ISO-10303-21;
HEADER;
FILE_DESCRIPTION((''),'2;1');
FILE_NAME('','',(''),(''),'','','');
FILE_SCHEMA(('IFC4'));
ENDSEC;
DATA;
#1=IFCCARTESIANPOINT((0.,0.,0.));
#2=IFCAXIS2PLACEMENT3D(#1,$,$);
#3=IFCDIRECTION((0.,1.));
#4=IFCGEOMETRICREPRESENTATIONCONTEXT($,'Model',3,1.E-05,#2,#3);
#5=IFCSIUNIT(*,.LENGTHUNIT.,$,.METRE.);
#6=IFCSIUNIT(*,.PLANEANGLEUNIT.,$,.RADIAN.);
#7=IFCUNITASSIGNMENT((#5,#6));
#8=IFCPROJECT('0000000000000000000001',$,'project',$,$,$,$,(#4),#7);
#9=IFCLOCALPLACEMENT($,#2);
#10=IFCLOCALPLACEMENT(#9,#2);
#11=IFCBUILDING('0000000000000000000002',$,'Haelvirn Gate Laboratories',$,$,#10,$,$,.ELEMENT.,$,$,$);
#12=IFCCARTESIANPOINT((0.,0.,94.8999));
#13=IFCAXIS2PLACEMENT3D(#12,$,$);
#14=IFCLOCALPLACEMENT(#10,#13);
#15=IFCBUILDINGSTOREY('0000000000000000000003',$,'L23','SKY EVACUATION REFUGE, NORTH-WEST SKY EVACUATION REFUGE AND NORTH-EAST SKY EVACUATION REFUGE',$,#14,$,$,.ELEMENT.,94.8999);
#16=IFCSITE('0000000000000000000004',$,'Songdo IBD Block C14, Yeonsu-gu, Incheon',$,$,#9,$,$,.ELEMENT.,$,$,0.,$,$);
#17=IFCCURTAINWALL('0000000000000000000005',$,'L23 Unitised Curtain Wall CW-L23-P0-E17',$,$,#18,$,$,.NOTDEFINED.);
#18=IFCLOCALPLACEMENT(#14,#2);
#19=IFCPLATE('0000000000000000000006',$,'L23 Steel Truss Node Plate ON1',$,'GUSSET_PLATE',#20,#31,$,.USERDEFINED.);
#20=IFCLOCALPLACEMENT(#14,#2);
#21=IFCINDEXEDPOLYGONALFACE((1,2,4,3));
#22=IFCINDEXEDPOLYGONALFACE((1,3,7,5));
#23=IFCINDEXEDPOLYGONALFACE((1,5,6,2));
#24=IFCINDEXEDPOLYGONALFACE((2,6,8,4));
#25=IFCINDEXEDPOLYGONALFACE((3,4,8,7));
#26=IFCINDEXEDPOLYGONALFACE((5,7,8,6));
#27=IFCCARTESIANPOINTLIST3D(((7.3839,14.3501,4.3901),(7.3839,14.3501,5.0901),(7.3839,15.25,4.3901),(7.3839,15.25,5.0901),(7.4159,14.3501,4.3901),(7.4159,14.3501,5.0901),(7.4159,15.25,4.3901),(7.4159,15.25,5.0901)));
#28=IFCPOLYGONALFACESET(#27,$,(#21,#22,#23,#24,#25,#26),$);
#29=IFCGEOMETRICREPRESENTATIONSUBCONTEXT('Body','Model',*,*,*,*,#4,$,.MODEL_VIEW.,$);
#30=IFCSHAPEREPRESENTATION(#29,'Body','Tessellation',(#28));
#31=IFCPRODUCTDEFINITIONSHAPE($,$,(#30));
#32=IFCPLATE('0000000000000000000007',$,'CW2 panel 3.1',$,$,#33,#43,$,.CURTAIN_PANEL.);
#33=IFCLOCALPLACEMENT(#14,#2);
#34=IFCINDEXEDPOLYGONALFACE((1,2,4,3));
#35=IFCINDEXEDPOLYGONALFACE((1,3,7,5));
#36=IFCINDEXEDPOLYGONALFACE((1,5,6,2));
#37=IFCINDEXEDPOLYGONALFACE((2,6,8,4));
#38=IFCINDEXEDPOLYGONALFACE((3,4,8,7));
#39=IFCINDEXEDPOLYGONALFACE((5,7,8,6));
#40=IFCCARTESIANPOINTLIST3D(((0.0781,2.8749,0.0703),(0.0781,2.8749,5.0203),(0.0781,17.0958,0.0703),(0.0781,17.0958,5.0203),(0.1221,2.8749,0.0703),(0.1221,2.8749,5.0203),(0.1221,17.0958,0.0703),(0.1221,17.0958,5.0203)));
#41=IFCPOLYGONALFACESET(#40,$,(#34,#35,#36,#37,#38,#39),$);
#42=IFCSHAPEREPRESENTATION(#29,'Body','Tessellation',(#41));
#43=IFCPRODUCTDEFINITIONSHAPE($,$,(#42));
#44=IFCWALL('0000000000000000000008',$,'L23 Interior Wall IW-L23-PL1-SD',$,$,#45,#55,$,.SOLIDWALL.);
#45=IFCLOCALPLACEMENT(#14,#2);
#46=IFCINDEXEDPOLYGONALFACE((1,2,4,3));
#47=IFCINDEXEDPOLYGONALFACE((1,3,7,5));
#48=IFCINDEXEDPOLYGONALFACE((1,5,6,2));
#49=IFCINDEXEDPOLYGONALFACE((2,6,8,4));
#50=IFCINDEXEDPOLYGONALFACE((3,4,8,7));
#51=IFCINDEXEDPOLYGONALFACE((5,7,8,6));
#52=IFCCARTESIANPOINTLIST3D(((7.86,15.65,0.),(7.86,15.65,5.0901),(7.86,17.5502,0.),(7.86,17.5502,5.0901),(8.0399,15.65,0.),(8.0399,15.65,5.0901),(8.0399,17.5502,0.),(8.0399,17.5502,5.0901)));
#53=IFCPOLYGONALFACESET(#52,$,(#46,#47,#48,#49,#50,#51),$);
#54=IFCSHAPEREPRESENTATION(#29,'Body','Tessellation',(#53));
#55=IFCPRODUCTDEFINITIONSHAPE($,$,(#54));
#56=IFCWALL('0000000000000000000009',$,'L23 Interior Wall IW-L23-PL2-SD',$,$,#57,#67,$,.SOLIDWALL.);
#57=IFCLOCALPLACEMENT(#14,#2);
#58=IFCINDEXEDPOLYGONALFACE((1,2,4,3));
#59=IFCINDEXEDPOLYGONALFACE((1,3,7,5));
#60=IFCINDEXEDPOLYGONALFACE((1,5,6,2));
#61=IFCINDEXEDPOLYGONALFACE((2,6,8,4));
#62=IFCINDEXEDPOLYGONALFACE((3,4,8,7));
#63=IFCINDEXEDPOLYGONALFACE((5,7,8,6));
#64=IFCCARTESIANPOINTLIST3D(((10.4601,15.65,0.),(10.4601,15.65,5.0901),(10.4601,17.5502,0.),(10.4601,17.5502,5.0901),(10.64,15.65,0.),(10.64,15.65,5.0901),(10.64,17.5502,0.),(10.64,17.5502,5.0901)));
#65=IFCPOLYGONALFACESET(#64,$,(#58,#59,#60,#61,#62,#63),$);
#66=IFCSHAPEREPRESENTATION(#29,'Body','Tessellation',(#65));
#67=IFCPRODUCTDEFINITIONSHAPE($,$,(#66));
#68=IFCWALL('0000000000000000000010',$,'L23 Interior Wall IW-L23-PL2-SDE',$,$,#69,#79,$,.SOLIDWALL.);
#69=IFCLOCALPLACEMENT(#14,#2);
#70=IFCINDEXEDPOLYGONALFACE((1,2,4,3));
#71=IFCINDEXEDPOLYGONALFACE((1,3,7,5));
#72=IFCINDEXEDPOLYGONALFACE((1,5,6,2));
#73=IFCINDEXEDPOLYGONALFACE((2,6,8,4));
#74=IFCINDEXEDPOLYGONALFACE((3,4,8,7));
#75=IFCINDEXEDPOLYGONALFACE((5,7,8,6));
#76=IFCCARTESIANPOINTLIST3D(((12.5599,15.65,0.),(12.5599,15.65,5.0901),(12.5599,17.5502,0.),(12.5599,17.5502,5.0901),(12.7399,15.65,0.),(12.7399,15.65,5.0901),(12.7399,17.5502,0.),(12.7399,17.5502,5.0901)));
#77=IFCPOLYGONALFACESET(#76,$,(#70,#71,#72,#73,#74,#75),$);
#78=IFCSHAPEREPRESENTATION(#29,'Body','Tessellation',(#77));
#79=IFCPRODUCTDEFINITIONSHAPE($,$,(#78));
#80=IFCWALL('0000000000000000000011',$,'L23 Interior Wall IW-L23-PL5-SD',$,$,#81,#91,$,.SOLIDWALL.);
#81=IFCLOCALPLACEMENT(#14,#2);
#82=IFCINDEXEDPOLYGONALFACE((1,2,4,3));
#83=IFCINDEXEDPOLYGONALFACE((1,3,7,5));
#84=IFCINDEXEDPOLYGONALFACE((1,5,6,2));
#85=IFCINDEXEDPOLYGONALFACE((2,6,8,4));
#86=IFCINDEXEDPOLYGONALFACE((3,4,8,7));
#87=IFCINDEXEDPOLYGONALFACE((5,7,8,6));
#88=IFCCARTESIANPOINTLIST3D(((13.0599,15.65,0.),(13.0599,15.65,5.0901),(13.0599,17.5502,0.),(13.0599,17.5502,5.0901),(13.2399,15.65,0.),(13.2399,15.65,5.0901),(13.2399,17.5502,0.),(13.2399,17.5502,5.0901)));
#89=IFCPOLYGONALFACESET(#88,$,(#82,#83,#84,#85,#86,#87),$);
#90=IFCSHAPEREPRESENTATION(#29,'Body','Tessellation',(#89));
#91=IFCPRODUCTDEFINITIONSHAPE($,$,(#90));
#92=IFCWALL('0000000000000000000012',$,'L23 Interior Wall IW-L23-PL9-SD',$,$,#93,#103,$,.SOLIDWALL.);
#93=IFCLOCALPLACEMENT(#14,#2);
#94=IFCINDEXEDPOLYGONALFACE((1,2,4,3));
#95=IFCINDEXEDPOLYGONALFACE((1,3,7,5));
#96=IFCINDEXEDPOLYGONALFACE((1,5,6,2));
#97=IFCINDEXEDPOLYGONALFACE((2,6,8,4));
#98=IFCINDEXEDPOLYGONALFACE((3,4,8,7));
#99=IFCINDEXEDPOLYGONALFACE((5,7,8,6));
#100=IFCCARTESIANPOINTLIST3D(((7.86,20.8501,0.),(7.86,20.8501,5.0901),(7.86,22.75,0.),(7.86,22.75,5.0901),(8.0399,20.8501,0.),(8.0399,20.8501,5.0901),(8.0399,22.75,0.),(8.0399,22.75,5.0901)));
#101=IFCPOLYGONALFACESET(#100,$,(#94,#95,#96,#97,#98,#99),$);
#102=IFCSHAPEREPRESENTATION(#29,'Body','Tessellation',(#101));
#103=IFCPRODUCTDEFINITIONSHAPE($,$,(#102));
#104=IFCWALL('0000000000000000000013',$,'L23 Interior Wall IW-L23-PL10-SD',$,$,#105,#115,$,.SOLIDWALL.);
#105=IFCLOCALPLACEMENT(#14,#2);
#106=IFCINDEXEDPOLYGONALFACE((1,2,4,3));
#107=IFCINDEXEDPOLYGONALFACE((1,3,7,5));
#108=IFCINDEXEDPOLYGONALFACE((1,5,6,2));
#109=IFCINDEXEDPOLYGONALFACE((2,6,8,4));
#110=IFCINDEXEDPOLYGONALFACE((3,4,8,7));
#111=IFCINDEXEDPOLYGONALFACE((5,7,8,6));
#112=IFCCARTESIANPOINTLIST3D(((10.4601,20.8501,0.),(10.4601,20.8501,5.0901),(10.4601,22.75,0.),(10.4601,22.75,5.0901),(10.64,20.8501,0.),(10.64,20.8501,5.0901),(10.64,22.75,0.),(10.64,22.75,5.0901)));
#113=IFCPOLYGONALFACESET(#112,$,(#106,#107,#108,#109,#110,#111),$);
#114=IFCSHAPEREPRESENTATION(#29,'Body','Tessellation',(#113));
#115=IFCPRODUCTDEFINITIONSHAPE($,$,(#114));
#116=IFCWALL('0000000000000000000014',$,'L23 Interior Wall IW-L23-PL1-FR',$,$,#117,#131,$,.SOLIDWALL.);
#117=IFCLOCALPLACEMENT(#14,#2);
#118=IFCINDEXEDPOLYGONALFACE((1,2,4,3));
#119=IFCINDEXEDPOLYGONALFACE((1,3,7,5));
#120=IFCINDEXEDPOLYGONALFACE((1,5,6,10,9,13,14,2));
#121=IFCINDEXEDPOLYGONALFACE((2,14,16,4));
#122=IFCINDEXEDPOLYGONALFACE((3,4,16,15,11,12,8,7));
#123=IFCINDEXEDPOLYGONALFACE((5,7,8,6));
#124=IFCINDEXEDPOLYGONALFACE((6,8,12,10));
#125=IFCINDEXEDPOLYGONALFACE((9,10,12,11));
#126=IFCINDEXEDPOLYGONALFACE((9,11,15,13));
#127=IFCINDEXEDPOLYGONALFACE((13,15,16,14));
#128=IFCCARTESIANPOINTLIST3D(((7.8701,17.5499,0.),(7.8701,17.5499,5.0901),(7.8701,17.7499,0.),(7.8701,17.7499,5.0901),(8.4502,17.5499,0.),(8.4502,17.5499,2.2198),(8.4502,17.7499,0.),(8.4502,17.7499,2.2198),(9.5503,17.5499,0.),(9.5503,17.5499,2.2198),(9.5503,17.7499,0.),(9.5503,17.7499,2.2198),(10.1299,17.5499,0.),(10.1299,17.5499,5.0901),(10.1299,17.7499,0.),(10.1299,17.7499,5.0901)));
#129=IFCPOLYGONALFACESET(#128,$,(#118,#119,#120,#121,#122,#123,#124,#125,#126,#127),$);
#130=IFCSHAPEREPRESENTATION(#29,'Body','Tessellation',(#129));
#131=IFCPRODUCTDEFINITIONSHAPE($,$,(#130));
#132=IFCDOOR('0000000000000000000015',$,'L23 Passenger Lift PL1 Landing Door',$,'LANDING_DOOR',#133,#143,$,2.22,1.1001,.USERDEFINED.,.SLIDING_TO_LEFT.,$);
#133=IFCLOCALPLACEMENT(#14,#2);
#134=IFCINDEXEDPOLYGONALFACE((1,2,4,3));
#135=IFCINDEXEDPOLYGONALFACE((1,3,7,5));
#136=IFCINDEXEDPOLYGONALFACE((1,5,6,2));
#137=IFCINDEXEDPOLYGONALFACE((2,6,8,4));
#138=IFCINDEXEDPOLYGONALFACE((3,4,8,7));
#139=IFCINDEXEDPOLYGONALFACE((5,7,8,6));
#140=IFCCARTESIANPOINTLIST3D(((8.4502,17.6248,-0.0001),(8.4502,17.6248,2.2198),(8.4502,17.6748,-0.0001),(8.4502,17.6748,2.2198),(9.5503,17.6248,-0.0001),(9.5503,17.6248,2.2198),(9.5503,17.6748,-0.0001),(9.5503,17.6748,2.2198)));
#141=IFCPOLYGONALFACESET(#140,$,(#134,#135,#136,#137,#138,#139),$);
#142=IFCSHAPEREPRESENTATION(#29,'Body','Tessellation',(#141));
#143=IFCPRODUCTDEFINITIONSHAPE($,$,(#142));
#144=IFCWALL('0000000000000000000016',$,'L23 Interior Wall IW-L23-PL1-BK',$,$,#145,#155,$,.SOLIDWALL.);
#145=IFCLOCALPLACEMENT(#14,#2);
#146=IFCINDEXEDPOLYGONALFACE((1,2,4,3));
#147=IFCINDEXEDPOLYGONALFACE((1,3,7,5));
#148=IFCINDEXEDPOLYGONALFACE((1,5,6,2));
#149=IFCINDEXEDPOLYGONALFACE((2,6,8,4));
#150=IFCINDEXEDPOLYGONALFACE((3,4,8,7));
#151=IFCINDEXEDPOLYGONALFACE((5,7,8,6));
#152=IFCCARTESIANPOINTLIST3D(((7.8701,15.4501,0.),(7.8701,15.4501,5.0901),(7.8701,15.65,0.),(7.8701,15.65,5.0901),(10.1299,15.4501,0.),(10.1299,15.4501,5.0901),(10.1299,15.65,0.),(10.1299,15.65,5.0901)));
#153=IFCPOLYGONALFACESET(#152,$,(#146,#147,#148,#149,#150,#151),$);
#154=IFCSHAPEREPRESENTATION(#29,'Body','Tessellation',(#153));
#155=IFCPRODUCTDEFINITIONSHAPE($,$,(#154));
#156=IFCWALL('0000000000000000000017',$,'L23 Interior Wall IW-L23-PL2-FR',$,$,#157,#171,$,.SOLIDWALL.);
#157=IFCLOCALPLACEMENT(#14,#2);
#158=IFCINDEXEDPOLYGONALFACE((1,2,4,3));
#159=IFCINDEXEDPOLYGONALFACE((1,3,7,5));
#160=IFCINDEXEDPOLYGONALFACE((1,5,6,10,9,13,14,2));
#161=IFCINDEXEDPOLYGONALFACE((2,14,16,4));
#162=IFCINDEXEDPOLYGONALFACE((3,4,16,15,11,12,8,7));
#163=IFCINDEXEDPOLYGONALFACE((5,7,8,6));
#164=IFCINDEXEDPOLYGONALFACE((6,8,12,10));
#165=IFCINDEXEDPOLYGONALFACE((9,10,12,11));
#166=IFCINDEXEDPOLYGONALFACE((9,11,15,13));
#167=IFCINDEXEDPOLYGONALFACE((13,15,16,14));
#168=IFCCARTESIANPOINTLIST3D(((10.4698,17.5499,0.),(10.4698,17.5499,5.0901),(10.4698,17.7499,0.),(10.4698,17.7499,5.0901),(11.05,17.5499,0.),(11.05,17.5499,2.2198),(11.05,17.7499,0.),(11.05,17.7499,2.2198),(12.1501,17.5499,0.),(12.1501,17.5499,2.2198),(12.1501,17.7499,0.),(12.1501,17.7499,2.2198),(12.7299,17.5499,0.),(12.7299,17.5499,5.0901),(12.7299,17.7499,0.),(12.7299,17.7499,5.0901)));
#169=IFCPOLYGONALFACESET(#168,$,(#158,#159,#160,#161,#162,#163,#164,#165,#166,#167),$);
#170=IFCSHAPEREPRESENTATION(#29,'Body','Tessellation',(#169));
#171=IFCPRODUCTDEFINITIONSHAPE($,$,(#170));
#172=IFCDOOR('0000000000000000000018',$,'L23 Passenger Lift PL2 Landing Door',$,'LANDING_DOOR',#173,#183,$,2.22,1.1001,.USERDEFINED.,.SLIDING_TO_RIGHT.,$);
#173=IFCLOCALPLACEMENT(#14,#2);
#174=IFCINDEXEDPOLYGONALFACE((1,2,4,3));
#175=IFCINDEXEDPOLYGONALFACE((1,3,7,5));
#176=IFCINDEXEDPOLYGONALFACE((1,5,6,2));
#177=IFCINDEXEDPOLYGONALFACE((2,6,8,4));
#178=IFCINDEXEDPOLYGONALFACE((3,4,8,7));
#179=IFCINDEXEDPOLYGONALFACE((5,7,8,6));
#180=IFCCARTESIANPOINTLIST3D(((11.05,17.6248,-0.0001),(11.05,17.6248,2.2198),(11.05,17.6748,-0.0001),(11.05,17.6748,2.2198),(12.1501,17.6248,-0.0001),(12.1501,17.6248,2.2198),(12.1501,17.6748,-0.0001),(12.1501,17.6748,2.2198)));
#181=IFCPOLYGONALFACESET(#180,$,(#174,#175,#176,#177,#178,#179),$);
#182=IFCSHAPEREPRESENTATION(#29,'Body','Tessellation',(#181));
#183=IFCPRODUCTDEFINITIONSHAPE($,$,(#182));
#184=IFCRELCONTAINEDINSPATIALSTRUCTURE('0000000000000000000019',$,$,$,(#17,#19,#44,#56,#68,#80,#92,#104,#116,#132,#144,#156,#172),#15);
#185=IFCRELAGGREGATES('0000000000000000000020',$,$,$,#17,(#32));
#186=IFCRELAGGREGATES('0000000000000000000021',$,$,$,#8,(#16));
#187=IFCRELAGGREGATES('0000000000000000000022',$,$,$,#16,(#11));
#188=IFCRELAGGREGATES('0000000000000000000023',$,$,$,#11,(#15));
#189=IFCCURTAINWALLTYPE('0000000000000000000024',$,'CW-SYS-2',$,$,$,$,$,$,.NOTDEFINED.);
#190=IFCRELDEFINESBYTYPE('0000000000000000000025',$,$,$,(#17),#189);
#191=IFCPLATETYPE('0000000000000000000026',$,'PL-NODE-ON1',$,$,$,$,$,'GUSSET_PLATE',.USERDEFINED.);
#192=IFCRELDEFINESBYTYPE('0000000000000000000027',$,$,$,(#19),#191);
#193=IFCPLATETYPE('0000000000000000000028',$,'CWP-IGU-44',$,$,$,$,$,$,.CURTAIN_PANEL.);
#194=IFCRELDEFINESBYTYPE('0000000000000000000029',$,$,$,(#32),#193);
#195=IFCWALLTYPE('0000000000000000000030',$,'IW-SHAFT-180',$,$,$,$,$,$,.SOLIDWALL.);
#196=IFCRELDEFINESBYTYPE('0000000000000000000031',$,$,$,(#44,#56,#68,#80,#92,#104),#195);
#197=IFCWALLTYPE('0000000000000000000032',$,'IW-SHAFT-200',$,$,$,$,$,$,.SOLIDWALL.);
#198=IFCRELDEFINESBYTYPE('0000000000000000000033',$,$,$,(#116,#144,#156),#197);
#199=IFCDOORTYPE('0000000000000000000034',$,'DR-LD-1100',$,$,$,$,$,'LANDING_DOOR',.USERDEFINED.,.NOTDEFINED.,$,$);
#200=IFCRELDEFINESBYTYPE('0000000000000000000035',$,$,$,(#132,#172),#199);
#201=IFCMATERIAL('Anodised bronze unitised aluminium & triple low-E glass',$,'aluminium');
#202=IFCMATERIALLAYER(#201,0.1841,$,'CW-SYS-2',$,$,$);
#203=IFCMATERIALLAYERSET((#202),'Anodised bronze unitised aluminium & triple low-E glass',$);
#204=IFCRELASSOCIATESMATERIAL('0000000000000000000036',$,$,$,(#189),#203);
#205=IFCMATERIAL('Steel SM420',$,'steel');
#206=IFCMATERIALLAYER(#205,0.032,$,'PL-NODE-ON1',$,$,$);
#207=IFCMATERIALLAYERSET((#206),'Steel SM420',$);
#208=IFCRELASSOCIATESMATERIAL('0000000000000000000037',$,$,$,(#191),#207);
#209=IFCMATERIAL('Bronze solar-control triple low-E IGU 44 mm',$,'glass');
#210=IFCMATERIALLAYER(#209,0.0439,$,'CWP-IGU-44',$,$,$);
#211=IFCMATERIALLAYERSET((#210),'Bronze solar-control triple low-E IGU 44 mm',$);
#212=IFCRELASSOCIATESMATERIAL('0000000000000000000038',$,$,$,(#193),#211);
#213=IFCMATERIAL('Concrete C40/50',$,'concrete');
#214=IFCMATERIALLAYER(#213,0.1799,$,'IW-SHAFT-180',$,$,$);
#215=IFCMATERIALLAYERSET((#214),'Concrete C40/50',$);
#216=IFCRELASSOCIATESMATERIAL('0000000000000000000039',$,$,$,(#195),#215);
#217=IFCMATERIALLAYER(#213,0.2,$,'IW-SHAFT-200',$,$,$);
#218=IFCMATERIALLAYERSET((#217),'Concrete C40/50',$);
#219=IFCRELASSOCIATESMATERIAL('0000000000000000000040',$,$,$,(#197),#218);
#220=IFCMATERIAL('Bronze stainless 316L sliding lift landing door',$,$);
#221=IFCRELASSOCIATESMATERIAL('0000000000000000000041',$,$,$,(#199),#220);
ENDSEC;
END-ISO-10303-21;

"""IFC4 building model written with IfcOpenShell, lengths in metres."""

from ifc_helpers import new_model, si_unit, direction, frame, frame_2d, origin, origin_2d, place, context, subcontext, project, spatial, rectangle, extrude, source, transform, mapped, material, layer, layer_set, type_object, type_shapes, element, fill, aggregate, save


model = new_model("IFC4")

# Units and contexts
model_context = context("Model", 3, precision=1e-05, world=origin(), true_north=direction((0.0, 1.0)))
body_context = subcontext(model_context, "Body", "Model", "MODEL_VIEW")
ifc_project = project(units=[si_unit("LENGTHUNIT", "METRE"), si_unit("PLANEANGLEUNIT", "RADIAN")], contexts=[model_context])

# Site, building, storey
site_placement = place(None, origin())
site = spatial("IfcSite", under=ifc_project, at=site_placement, Name="Songdo IBD Block C14, Yeonsu-gu, Incheon", CompositionType="ELEMENT", RefElevation=0.0)
building_placement = place(site_placement, origin())
building = spatial("IfcBuilding", under=site, at=building_placement, Name="Haelvirn Gate Laboratories", CompositionType="ELEMENT")
storey_placement = place(building_placement, frame((0.0, 0.0, 94.8999)))
storey = spatial("IfcBuildingStorey", under=building, at=storey_placement, Name="L23", Description="SKY EVACUATION REFUGE, NORTH-WEST SKY EVACUATION REFUGE AND NORTH-EAST SKY EVACUATION REFUGE", CompositionType="ELEMENT", Elevation=94.8999)

# Shared definitions
ifc_material_1 = material(Name="Steel SM420", Category="steel")

# Curtain wall
ifc_material_2 = material(Name="Anodised bronze unitised aluminium & triple low-E glass", Category="aluminium")
ifc_layer_1 = layer(ifc_material_2, 0.1841, Name="CW-SYS-2")
ifc_layer_set_1 = layer_set([ifc_layer_1], Name="Anodised bronze unitised aluminium & triple low-E glass")
curtain_wall_type = type_object("IfcCurtainWallType", Name="CW-SYS-2", PredefinedType="NOTDEFINED", material=ifc_layer_set_1)
curtain_wall_placement = place(storey_placement, origin())
curtain_wall = element("IfcCurtainWall", 1, at=curtain_wall_placement, inside=storey, type_object=curtain_wall_type, Name="L23 Unitised Curtain Wall CW-L23-P0-E17", PredefinedType="NOTDEFINED")

# Plates
ifc_layer_2 = layer(ifc_material_1, 0.032, Name="PL-NODE-ON1")
ifc_layer_set_2 = layer_set([ifc_layer_2], Name="Steel SM420")
plate_type_1 = type_object("IfcPlateType", Name="PL-NODE-ON1", ElementType="GUSSET_PLATE", PredefinedType="USERDEFINED", material=ifc_layer_set_2)
shared_shape_1 = source(origin(), body_context, "Body", "SweptSolid", [
    extrude(rectangle(XDim=0.8999, YDim=0.032, at=origin_2d()), origin(), (0.0, 0.0, 1.0), 0.7),
])
type_shapes(plate_type_1, [shared_shape_1])
plate_1_placement = place(storey_placement, frame((7.3999, 14.8, 4.3901), z_axis=(0.0, 0.0, 1.0), x_axis=(0.0, 1.0, 0.0)))
element("IfcPlate", 2, at=plate_1_placement, inside=storey, type_object=plate_type_1, Name="L23 Steel Truss Node Plate ON1", ObjectType="GUSSET_PLATE", PredefinedType="USERDEFINED", context=body_context, shape_type="MappedRepresentation", body=[
    mapped(shared_shape_1, transform((0.0, 0.0, 0.0), scale=1.0)),
])
ifc_material_3 = material(Name="Bronze solar-control triple low-E IGU 44 mm", Category="glass")
ifc_layer_3 = layer(ifc_material_3, 0.0439, Name="CWP-IGU-44")
ifc_layer_set_3 = layer_set([ifc_layer_3], Name="Bronze solar-control triple low-E IGU 44 mm")
plate_type_2 = type_object("IfcPlateType", Name="CWP-IGU-44", PredefinedType="CURTAIN_PANEL", material=ifc_layer_set_3)
shared_shape_2 = source(origin(), body_context, "Body", "SweptSolid", [
    extrude(rectangle(XDim=14.2209, YDim=0.0439, at=origin_2d()), origin(), (0.0, 0.0, 1.0), 4.95),
])
type_shapes(plate_type_2, [shared_shape_2])
plate_2_placement = place(storey_placement, frame((0.1001, 9.9854, 0.0703), z_axis=(0.0, 0.0, 1.0), x_axis=(0.0, -1.0, 0.0)))
plate_2 = element("IfcPlate", 3, at=plate_2_placement, type_object=plate_type_2, Name="CW2 panel 3.1", PredefinedType="CURTAIN_PANEL", context=body_context, shape_type="MappedRepresentation", body=[
    mapped(shared_shape_2, transform((0.0, 0.0, 0.0), scale=1.0)),
])
aggregate(curtain_wall, [plate_2])

# Walls
ifc_material_4 = material(Name="Concrete C40/50", Category="concrete")
ifc_layer_4 = layer(ifc_material_4, 0.1799, Name="IW-SHAFT-180")
ifc_layer_set_4 = layer_set([ifc_layer_4], Name="Concrete C40/50")
wall_type_1 = type_object("IfcWallType", Name="IW-SHAFT-180", PredefinedType="SOLIDWALL", material=ifc_layer_set_4)
for number, where, z_axis, x_axis, name in (
    (4, (7.95, 15.6499, 0.0), (0.0, 0.0, 1.0), (0.0, 1.0, 0.0), "L23 Interior Wall IW-L23-PL1-SD"),
    (5, (10.55, 15.6499, 0.0), (0.0, 0.0, 1.0), (0.0, 1.0, 0.0), "L23 Interior Wall IW-L23-PL2-SD"),
    (6, (12.6499, 15.6499, 0.0), (0.0, 0.0, 1.0), (0.0, 1.0, 0.0), "L23 Interior Wall IW-L23-PL2-SDE"),
    (7, (13.1499, 15.6499, 0.0), (0.0, 0.0, 1.0), (0.0, 1.0, 0.0), "L23 Interior Wall IW-L23-PL5-SD"),
):
    element("IfcWall", number, at=place(storey_placement, frame(where, z_axis=z_axis, x_axis=x_axis)), inside=storey, type_object=wall_type_1, Name=name, PredefinedType="SOLIDWALL", context=body_context, shape_type="SweptSolid", body=[
        extrude(rectangle(XDim=1.9001, YDim=0.1799, at=frame_2d((0.9502, 0.0))), origin(), (0.0, 0.0, 1.0), 5.0901),
    ])
for number, where, z_axis, x_axis, name in (
    (8, (7.95, 20.8501, 0.0), (0.0, 0.0, 1.0), (0.0, 1.0, 0.0), "L23 Interior Wall IW-L23-PL9-SD"),
    (9, (10.55, 20.8501, 0.0), (0.0, 0.0, 1.0), (0.0, 1.0, 0.0), "L23 Interior Wall IW-L23-PL10-SD"),
):
    element("IfcWall", number, at=place(storey_placement, frame(where, z_axis=z_axis, x_axis=x_axis)), inside=storey, type_object=wall_type_1, Name=name, PredefinedType="SOLIDWALL", context=body_context, shape_type="SweptSolid", body=[
        extrude(rectangle(XDim=1.8999, YDim=0.1799, at=frame_2d((0.95, 0.0))), origin(), (0.0, 0.0, 1.0), 5.0901),
    ])

# Wall, opening, door
ifc_layer_5 = layer(ifc_material_4, 0.2, Name="IW-SHAFT-200")
ifc_layer_set_5 = layer_set([ifc_layer_5], Name="Concrete C40/50")
wall_type_2 = type_object("IfcWallType", Name="IW-SHAFT-200", PredefinedType="SOLIDWALL", material=ifc_layer_set_5)
wall_1_placement = place(storey_placement, frame((7.8701, 17.6499, 0.0), z_axis=(0.0, 0.0, 1.0), x_axis=(1.0, 0.0, 0.0)))
wall_1 = element("IfcWall", 10, at=wall_1_placement, inside=storey, type_object=wall_type_2, Name="L23 Interior Wall IW-L23-PL1-FR", PredefinedType="SOLIDWALL", context=body_context, shape_type="SweptSolid", body=[
    extrude(rectangle(XDim=2.2598, YDim=0.2, at=frame_2d((1.1299, 0.0))), origin(), (0.0, 0.0, 1.0), 5.0901),
])
opening_1_placement = place(wall_1_placement, frame((0.5801, 0.0, 0.0)))
opening_1 = element("IfcOpeningElement", 11, at=opening_1_placement, cuts=wall_1, PredefinedType="OPENING", context=body_context, shape_type="SweptSolid", body=[
    extrude(rectangle(XDim=1.1001, YDim=2.22, at=frame_2d((0.55, 1.1099))), frame((0.0, 0.1099, 0.0), z_axis=(0.0, -1.0, 0.0), x_axis=(1.0, 0.0, 0.0)), (0.0, 0.0, 1.0), 0.22),
])
ifc_material_5 = material(Name="Bronze stainless 316L sliding lift landing door")
door_type = type_object("IfcDoorType", Name="DR-LD-1100", ElementType="LANDING_DOOR", OperationType="NOTDEFINED", PredefinedType="USERDEFINED", material=ifc_material_5)
shared_shape_3 = source(origin(), body_context, "Body", "SweptSolid", [
    extrude(rectangle(XDim=1.1001, YDim=2.22, at=frame_2d((0.55, 1.1099))), frame((0.0, 0.0249, 0.0), z_axis=(0.0, -1.0, 0.0), x_axis=(1.0, 0.0, 0.0)), (0.0, 0.0, 1.0), 0.05),
])
type_shapes(door_type, [shared_shape_3])
door_1_placement = place(opening_1_placement, origin())
door_1 = element("IfcDoor", 12, at=door_1_placement, inside=storey, type_object=door_type, Name="L23 Passenger Lift PL1 Landing Door", ObjectType="LANDING_DOOR", OperationType="SLIDING_TO_LEFT", OverallHeight=2.22, OverallWidth=1.1001, PredefinedType="USERDEFINED", context=body_context, shape_type="MappedRepresentation", body=[
    mapped(shared_shape_3, transform((0.0, 0.0, 0.0), scale=1.0)),
])
fill(opening_1, door_1)

# Wall
wall_2_placement = place(storey_placement, frame((7.8701, 15.55, 0.0), z_axis=(0.0, 0.0, 1.0), x_axis=(1.0, 0.0, 0.0)))
element("IfcWall", 13, at=wall_2_placement, inside=storey, type_object=wall_type_2, Name="L23 Interior Wall IW-L23-PL1-BK", PredefinedType="SOLIDWALL", context=body_context, shape_type="SweptSolid", body=[
    extrude(rectangle(XDim=2.2598, YDim=0.2, at=frame_2d((1.1299, 0.0))), origin(), (0.0, 0.0, 1.0), 5.0901),
])

# Wall, opening, door
wall_3_placement = place(storey_placement, frame((10.47, 17.6499, 0.0), z_axis=(0.0, 0.0, 1.0), x_axis=(1.0, 0.0, 0.0)))
wall_3 = element("IfcWall", 14, at=wall_3_placement, inside=storey, type_object=wall_type_2, Name="L23 Interior Wall IW-L23-PL2-FR", PredefinedType="SOLIDWALL", context=body_context, shape_type="SweptSolid", body=[
    extrude(rectangle(XDim=2.26, YDim=0.2, at=frame_2d((1.1299, 0.0))), origin(), (0.0, 0.0, 1.0), 5.0901),
])
opening_2_placement = place(wall_3_placement, frame((0.5801, 0.0, 0.0)))
opening_2 = element("IfcOpeningElement", 15, at=opening_2_placement, cuts=wall_3, PredefinedType="OPENING", context=body_context, shape_type="SweptSolid", body=[
    extrude(rectangle(XDim=1.1001, YDim=2.22, at=frame_2d((0.55, 1.1099))), frame((0.0, 0.1099, 0.0), z_axis=(0.0, -1.0, 0.0), x_axis=(1.0, 0.0, 0.0)), (0.0, 0.0, 1.0), 0.22),
])
door_2_placement = place(opening_2_placement, origin())
door_2 = element("IfcDoor", 16, at=door_2_placement, inside=storey, type_object=door_type, Name="L23 Passenger Lift PL2 Landing Door", ObjectType="LANDING_DOOR", OperationType="SLIDING_TO_RIGHT", OverallHeight=2.22, OverallWidth=1.1001, PredefinedType="USERDEFINED", context=body_context, shape_type="MappedRepresentation", body=[
    mapped(shared_shape_3, transform((0.0, 0.0, 0.0), scale=1.0)),
])
fill(opening_2, door_2)

save(model, "model.ifc")
